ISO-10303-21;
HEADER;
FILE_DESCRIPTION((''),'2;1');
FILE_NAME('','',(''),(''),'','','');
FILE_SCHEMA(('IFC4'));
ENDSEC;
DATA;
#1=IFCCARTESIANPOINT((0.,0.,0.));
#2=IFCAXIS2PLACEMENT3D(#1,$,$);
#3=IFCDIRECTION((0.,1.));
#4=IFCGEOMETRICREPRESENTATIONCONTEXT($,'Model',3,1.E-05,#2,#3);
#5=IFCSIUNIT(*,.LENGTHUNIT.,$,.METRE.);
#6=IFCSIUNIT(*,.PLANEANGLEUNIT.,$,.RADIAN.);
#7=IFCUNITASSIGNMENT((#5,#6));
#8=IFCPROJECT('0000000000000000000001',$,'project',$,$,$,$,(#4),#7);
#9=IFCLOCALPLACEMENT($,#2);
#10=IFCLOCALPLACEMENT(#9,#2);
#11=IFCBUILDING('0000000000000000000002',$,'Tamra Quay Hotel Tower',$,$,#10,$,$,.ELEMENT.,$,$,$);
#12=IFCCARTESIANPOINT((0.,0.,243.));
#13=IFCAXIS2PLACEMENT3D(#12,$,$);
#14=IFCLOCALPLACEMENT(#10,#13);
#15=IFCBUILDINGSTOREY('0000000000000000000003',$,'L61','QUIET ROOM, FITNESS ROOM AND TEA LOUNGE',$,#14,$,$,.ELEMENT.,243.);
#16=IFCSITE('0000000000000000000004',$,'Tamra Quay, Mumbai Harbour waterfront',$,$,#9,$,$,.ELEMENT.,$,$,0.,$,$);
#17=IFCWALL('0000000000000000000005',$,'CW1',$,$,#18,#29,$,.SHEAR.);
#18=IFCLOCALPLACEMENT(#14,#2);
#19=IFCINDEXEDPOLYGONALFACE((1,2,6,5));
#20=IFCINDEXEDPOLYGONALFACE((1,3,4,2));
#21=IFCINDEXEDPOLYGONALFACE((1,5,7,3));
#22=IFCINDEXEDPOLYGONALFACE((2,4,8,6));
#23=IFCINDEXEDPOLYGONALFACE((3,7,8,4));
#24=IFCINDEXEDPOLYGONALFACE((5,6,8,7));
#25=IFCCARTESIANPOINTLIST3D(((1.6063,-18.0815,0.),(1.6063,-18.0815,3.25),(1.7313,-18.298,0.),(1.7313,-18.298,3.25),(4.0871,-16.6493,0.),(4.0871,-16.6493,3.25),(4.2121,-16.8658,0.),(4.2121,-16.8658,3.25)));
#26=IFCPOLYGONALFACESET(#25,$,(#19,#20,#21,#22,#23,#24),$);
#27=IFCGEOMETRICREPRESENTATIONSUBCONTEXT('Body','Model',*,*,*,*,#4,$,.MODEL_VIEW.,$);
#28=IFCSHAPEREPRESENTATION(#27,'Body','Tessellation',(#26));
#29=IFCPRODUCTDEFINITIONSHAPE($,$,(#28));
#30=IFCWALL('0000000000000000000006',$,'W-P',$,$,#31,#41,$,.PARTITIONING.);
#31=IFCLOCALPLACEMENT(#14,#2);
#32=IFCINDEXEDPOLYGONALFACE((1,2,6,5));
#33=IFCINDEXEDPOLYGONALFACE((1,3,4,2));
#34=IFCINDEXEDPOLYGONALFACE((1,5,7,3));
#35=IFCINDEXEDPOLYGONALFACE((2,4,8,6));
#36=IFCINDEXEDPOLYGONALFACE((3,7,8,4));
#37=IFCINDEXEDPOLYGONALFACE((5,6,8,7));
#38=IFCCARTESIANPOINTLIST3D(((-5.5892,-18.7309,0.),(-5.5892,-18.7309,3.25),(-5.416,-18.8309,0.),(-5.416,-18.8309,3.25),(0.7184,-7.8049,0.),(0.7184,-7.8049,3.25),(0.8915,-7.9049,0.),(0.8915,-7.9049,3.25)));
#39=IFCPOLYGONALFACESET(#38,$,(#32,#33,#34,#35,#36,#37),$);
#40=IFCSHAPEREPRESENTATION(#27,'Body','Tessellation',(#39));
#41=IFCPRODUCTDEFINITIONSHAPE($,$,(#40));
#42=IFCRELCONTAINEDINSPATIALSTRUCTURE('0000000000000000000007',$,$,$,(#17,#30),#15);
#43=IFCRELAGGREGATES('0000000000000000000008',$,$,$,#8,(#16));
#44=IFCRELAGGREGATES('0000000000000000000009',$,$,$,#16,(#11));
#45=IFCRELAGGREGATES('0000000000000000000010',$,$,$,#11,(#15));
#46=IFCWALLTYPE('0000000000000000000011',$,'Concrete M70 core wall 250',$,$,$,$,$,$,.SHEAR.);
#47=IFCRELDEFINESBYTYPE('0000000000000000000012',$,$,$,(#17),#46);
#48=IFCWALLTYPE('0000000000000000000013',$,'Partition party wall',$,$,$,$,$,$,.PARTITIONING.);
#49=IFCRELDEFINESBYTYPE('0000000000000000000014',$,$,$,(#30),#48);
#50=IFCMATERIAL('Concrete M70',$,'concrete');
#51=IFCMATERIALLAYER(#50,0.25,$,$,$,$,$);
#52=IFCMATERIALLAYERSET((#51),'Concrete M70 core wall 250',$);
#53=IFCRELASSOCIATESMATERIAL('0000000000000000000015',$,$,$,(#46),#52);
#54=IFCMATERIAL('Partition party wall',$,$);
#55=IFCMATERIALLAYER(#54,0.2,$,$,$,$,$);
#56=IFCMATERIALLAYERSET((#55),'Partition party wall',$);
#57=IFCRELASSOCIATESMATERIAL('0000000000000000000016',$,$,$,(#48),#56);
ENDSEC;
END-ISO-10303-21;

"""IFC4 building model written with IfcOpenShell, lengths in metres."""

from ifc_helpers import new_model, si_unit, direction, frame, frame_2d, origin, place, context, subcontext, project, spatial, rectangle, extrude, material, layer, layer_set, type_object, element, save


model = new_model("IFC4")

# Units and contexts
model_context = context("Model", 3, precision=1e-05, world=origin(), true_north=direction((0.0, 1.0)))
body_context = subcontext(model_context, "Body", "Model", "MODEL_VIEW")
ifc_project = project(units=[si_unit("LENGTHUNIT", "METRE"), si_unit("PLANEANGLEUNIT", "RADIAN")], contexts=[model_context])

# Site, building, storey
site_placement = place(None, origin())
site = spatial("IfcSite", under=ifc_project, at=site_placement, Name="Tamra Quay, Mumbai Harbour waterfront", CompositionType="ELEMENT", RefElevation=0.0)
building_placement = place(site_placement, origin())
building = spatial("IfcBuilding", under=site, at=building_placement, Name="Tamra Quay Hotel Tower", CompositionType="ELEMENT")
storey_placement = place(building_placement, frame((0.0, 0.0, 243.0)))
storey = spatial("IfcBuildingStorey", under=building, at=storey_placement, Name="L61", Description="QUIET ROOM, FITNESS ROOM AND TEA LOUNGE", CompositionType="ELEMENT", Elevation=243.0)

# Shared definitions
ifc_material_1 = material(Name="Concrete M70", Category="concrete")

# Walls
ifc_layer_1 = layer(ifc_material_1, 0.25)
ifc_layer_set_1 = layer_set([ifc_layer_1], Name="Concrete M70 core wall 250")
wall_type_1 = type_object("IfcWallType", Name="Concrete M70 core wall 250", PredefinedType="SHEAR", material=ifc_layer_set_1)
wall_1_placement = place(storey_placement, frame((1.6689, -18.1897, 0.0), z_axis=(0.0, 0.0, 1.0), x_axis=(0.866042, 0.499971, 0.0)))
element("IfcWall", 1, at=wall_1_placement, inside=storey, type_object=wall_type_1, Name="CW1", PredefinedType="SHEAR", context=body_context, shape_type="SweptSolid", body=[
    extrude(rectangle(XDim=2.8645, YDim=0.25, at=frame_2d((1.4321, 0.0))), origin(), (0.0, 0.0, 1.0), 3.25),
])
ifc_material_2 = material(Name="Partition party wall")
ifc_layer_2 = layer(ifc_material_2, 0.2)
ifc_layer_set_2 = layer_set([ifc_layer_2], Name="Partition party wall")
wall_type_2 = type_object("IfcWallType", Name="Partition party wall", PredefinedType="PARTITIONING", material=ifc_layer_set_2)
wall_2_placement = place(storey_placement, frame((-5.5027, -18.781, 0.0), z_axis=(0.0, 0.0, 1.0), x_axis=(0.499969, 0.866043, 0.0)))
element("IfcWall", 2, at=wall_2_placement, inside=storey, type_object=wall_type_2, Name="W-P", PredefinedType="PARTITIONING", context=body_context, shape_type="SweptSolid", body=[
    extrude(rectangle(XDim=12.616, YDim=0.2, at=frame_2d((6.3081, 0.0))), origin(), (0.0, 0.0, 1.0), 3.25),
])

save(model, "model.ifc")
